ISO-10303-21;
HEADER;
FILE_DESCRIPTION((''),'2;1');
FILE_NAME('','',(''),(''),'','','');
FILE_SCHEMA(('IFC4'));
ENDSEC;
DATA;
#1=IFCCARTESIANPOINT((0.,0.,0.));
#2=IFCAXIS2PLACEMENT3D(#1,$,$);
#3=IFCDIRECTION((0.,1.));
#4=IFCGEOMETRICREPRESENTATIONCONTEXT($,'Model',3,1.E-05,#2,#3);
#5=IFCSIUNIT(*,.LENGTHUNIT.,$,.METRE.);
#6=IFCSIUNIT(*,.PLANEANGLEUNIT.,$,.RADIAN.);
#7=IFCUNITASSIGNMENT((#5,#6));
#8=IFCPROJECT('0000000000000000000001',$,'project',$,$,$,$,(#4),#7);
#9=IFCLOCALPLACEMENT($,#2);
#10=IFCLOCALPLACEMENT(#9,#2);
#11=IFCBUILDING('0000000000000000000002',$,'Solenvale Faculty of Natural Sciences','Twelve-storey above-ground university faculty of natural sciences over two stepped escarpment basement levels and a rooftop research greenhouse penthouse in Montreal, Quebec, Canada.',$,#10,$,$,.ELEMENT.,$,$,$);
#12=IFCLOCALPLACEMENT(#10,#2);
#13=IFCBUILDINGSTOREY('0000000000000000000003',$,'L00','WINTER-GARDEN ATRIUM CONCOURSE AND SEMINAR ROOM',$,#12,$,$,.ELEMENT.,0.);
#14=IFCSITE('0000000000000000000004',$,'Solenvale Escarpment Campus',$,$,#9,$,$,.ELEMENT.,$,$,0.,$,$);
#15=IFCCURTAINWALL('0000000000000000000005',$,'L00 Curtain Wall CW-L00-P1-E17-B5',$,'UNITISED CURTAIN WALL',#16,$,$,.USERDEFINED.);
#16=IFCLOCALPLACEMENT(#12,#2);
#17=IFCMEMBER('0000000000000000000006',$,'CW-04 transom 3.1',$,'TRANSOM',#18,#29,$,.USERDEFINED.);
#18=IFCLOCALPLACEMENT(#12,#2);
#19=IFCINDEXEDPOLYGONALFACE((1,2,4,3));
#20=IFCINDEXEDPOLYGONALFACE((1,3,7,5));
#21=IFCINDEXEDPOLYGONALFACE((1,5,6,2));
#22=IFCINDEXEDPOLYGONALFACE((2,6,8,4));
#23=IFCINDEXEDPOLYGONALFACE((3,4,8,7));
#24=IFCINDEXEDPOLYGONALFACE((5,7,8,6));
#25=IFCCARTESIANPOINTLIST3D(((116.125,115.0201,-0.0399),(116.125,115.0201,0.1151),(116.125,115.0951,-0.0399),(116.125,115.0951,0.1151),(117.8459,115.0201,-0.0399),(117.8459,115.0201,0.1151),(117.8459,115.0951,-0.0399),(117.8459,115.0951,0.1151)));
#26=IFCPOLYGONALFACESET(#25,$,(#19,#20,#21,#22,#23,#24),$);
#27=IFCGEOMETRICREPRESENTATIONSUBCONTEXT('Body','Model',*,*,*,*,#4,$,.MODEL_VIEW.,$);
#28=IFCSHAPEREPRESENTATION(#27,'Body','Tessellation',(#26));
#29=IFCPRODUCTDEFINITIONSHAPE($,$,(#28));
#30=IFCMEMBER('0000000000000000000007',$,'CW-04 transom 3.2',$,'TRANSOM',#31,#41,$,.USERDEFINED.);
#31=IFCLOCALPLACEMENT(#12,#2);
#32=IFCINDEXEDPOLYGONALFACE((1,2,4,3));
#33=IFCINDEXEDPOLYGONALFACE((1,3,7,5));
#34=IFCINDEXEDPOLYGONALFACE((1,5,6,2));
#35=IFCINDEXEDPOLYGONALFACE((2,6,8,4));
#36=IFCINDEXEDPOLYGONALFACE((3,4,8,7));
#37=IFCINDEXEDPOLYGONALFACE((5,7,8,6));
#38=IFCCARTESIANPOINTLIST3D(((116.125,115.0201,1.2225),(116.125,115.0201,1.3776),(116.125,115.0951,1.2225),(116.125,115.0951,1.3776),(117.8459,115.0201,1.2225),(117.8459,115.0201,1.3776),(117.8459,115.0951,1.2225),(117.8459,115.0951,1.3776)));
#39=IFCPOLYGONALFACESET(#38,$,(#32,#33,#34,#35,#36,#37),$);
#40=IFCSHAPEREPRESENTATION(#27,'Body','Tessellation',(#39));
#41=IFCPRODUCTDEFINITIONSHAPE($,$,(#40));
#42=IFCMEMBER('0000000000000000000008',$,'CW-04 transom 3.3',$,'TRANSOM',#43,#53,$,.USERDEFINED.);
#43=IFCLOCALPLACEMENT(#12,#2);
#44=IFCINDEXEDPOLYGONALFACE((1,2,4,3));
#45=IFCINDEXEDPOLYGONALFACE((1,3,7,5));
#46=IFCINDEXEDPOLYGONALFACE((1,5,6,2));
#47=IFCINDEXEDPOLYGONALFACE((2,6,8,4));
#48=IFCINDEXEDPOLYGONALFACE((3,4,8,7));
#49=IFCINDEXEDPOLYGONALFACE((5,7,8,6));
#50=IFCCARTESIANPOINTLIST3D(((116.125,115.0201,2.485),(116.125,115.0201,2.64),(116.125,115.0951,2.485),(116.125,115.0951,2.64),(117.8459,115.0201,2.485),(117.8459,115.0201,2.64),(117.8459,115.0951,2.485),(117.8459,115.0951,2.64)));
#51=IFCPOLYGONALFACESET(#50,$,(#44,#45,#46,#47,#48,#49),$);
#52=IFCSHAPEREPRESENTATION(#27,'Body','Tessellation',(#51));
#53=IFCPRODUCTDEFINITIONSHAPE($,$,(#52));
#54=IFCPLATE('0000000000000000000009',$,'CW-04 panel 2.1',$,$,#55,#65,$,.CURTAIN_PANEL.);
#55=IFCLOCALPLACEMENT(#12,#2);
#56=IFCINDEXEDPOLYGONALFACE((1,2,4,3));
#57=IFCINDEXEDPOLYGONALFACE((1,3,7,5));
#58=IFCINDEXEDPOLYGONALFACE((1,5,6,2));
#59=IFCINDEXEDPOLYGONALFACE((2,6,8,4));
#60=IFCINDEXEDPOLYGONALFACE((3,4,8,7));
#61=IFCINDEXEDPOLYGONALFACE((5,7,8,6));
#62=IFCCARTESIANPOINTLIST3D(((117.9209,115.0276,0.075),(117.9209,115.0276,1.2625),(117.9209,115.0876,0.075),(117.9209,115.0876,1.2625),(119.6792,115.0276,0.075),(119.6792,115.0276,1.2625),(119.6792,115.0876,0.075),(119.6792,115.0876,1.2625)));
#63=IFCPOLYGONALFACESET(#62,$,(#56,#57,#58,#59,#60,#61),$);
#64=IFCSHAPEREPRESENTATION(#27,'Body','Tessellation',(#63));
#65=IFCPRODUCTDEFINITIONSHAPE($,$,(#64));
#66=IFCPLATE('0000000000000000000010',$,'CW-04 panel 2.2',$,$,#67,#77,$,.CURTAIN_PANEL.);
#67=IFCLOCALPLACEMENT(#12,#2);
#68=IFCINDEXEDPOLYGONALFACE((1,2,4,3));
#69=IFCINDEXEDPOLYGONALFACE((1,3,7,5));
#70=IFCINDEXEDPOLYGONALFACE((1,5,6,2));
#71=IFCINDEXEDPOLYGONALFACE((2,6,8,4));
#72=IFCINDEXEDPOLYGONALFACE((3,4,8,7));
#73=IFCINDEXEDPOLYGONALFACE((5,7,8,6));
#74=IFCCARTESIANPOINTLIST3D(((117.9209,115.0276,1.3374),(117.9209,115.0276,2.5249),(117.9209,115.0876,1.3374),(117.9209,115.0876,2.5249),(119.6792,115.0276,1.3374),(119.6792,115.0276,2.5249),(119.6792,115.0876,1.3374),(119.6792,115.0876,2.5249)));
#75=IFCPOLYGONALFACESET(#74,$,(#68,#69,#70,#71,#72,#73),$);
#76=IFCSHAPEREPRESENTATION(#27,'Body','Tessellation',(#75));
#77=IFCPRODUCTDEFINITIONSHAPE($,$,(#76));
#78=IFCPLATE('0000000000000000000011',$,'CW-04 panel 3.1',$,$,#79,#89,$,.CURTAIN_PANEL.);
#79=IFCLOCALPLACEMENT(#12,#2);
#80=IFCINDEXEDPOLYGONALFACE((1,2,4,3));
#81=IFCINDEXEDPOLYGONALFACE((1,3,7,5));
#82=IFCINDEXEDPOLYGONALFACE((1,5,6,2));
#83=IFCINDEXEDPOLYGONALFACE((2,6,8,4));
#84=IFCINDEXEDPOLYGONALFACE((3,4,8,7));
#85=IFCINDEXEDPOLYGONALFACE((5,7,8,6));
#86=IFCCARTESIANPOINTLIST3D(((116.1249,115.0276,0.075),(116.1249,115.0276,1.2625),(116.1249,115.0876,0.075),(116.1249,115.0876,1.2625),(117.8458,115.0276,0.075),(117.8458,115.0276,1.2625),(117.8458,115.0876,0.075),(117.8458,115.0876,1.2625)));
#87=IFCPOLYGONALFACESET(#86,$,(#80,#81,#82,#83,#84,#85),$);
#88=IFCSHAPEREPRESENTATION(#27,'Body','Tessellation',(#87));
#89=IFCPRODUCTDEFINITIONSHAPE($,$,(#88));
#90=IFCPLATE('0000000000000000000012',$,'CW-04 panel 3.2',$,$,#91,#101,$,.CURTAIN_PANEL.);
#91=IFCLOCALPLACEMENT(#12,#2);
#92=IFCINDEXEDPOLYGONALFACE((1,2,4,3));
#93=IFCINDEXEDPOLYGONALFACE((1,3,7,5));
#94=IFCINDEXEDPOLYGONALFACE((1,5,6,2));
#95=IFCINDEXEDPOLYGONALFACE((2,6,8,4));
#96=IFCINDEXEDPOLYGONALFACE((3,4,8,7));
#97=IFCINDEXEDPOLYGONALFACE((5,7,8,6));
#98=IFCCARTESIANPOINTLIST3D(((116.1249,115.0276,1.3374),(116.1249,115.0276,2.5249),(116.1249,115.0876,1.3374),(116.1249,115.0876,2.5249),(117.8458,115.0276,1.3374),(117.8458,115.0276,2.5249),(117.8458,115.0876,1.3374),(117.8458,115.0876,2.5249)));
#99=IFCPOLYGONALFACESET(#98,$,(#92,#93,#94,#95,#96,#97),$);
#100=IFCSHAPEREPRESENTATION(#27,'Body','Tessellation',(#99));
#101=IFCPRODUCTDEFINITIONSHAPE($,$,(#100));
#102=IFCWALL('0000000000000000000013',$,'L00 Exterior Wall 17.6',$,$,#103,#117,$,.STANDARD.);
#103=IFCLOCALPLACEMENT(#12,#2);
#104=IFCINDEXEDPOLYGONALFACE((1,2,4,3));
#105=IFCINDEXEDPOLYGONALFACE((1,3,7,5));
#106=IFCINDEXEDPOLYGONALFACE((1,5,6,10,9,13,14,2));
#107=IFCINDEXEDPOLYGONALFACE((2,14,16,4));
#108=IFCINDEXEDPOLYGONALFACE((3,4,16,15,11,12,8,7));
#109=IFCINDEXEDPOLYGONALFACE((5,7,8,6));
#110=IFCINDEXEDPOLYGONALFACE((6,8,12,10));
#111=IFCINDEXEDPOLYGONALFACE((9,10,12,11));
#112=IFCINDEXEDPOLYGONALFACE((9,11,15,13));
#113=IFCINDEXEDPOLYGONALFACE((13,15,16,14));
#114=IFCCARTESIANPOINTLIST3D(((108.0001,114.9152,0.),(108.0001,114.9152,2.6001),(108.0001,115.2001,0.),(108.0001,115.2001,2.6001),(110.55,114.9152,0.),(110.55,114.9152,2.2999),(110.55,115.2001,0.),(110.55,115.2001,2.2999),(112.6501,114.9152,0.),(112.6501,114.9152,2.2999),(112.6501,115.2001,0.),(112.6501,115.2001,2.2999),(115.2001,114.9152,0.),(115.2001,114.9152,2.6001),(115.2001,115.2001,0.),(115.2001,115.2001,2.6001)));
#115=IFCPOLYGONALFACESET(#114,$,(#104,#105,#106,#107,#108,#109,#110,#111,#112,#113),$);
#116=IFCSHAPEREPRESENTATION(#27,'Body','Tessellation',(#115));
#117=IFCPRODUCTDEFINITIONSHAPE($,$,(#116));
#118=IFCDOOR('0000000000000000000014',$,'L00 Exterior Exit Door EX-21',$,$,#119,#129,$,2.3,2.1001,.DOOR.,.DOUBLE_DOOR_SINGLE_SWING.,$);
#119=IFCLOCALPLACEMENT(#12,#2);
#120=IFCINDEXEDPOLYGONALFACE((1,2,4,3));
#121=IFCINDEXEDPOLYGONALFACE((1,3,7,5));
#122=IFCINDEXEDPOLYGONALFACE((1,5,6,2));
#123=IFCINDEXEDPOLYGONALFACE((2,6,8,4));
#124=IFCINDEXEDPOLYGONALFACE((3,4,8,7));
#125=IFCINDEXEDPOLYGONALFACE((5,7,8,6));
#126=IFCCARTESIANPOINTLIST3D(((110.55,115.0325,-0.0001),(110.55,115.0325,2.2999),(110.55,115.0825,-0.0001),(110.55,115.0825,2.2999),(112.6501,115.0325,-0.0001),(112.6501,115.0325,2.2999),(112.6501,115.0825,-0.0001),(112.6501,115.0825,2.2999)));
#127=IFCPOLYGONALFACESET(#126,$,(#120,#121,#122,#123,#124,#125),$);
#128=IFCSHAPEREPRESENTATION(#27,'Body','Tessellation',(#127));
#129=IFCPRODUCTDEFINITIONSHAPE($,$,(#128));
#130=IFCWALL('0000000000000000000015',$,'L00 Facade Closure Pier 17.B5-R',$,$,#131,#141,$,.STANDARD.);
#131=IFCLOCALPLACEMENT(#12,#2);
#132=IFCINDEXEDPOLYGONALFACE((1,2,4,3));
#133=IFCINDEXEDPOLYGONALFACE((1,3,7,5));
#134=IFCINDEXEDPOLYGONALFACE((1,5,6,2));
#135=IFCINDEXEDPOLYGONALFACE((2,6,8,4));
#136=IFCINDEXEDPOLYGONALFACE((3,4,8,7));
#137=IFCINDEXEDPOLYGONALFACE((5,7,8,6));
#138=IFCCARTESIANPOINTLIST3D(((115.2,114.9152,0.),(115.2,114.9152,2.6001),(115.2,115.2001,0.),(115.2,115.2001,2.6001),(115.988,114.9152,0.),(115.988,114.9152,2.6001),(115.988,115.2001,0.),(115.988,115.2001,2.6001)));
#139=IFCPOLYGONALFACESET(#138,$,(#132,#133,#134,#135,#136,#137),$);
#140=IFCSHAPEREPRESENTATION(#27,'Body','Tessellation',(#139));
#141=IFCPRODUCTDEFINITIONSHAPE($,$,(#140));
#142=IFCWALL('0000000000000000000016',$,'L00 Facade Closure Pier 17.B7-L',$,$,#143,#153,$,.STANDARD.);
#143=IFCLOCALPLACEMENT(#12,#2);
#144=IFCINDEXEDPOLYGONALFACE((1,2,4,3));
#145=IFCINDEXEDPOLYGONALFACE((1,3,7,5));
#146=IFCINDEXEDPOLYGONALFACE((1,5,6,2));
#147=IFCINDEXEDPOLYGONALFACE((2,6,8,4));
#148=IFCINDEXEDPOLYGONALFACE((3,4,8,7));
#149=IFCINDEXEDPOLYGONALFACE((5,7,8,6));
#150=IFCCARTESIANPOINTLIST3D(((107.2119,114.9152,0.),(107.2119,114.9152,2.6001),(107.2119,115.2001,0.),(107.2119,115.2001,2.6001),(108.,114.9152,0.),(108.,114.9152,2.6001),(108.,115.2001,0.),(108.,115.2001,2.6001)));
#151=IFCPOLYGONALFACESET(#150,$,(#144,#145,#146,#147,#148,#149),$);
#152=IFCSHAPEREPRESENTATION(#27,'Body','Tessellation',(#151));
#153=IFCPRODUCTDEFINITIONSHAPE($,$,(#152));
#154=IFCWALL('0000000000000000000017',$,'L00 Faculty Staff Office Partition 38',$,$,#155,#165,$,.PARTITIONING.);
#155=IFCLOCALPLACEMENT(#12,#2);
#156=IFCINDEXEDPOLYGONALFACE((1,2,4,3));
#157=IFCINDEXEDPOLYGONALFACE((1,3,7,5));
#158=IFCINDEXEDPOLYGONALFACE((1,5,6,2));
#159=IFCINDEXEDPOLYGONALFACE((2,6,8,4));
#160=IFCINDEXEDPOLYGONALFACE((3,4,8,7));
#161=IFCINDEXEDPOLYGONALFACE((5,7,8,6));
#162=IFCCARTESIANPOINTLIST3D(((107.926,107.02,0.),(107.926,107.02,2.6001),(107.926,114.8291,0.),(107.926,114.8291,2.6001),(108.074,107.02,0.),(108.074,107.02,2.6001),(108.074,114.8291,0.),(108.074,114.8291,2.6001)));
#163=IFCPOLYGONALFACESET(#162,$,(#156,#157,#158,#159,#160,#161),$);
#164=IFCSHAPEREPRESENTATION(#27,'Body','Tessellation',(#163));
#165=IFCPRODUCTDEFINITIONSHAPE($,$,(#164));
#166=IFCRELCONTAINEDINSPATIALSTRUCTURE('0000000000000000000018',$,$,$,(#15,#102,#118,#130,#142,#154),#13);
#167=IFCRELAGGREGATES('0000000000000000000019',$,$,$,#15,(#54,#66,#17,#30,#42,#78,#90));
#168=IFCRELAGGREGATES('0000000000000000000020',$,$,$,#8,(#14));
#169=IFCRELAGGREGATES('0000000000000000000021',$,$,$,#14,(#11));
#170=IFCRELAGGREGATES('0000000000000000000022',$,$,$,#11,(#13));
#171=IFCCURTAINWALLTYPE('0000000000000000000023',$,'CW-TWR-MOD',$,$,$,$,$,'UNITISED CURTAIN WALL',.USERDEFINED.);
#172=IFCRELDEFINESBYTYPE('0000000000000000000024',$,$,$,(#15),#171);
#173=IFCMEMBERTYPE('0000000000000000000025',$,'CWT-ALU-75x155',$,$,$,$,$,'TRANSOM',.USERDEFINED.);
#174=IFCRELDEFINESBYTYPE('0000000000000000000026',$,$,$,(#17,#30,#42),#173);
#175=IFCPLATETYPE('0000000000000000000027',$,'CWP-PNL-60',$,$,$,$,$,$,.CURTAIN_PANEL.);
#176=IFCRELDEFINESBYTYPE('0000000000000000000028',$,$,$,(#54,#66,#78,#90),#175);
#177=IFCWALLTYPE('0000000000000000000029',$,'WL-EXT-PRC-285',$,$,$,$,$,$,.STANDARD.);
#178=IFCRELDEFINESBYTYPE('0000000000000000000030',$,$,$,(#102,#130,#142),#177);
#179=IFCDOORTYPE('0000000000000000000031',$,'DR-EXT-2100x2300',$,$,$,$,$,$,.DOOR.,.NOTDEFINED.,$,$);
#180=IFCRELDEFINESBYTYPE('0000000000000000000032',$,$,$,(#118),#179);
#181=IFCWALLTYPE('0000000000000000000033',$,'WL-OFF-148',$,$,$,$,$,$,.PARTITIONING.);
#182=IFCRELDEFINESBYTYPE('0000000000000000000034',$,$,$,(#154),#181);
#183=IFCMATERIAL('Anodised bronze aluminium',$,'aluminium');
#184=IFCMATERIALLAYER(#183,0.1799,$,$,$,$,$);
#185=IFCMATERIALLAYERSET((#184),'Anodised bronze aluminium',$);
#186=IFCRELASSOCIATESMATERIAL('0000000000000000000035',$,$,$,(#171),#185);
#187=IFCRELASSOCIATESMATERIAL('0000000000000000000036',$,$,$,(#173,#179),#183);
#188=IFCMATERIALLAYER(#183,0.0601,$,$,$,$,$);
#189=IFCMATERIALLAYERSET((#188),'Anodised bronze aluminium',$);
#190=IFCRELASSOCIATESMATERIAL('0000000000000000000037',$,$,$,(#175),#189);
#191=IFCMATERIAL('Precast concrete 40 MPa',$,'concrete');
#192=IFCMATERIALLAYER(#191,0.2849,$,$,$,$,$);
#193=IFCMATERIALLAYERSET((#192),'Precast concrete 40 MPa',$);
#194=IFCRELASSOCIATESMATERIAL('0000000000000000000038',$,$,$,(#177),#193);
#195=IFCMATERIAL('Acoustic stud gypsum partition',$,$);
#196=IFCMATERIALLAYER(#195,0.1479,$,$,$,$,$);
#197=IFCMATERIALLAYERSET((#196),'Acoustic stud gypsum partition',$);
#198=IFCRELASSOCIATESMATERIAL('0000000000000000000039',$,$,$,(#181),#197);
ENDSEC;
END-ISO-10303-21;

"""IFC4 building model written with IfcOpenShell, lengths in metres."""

from ifc_helpers import new_model, si_unit, direction, frame, frame_2d, origin, origin_2d, place, context, subcontext, project, spatial, rectangle, extrude, material, layer, layer_set, material_profile, profile_set, type_object, element, fill, aggregate, save


model = new_model("IFC4")

# Units and contexts
model_context = context("Model", 3, precision=1e-05, world=origin(), true_north=direction((0.0, 1.0)))
body_context = subcontext(model_context, "Body", "Model", "MODEL_VIEW")
ifc_project = project(units=[si_unit("LENGTHUNIT", "METRE"), si_unit("PLANEANGLEUNIT", "RADIAN")], contexts=[model_context])

# Site, building, storey
site_placement = place(None, origin())
site = spatial("IfcSite", under=ifc_project, at=site_placement, Name="Solenvale Escarpment Campus", CompositionType="ELEMENT", RefElevation=0.0)
building_placement = place(site_placement, origin())
building = spatial("IfcBuilding", under=site, at=building_placement, Name="Solenvale Faculty of Natural Sciences", Description="Twelve-storey above-ground university faculty of natural sciences over two stepped escarpment basement levels and a rooftop research greenhouse penthouse in Montreal, Quebec, Canada.", CompositionType="ELEMENT")
storey_placement = place(building_placement, origin())
storey = spatial("IfcBuildingStorey", under=building, at=storey_placement, Name="L00", Description="WINTER-GARDEN ATRIUM CONCOURSE AND SEMINAR ROOM", CompositionType="ELEMENT", Elevation=0.0)

# Shared definitions
ifc_material_1 = material(Name="Precast concrete 40 MPa", Category="concrete")

# Curtain wall, members, plates
ifc_material_2 = material(Name="Anodised bronze aluminium", Category="aluminium")
ifc_layer_1 = layer(ifc_material_2, 0.1799)
ifc_layer_set_1 = layer_set([ifc_layer_1], Name="Anodised bronze aluminium")
curtain_wall_type = type_object("IfcCurtainWallType", Name="CW-TWR-MOD", ElementType="UNITISED CURTAIN WALL", PredefinedType="USERDEFINED", material=ifc_layer_set_1)
curtain_wall_placement = place(storey_placement, origin())
curtain_wall = element("IfcCurtainWall", 1, at=curtain_wall_placement, inside=storey, type_object=curtain_wall_type, Name="L00 Curtain Wall CW-L00-P1-E17-B5", ObjectType="UNITISED CURTAIN WALL", PredefinedType="USERDEFINED")
ifc_material_profile_1 = material_profile(ifc_material_2, rectangle(XDim=0.075, YDim=0.155, at=origin_2d()), Name="ALU-TRN-75x155")
ifc_profile_set_1 = profile_set([ifc_material_profile_1], Name="Anodised bronze aluminium")
member_type_1 = type_object("IfcMemberType", Name="CWT-ALU-75x155", ElementType="TRANSOM", PredefinedType="USERDEFINED", material=ifc_profile_set_1)
member_1_placement = place(storey_placement, frame((117.8459, 115.0576, 0.0376), z_axis=(-1.0, 0.0, 0.0), x_axis=(0.0, -1.0, 0.0)))
member_1 = element("IfcMember", 2, at=member_1_placement, type_object=member_type_1, Name="CW-04 transom 3.1", ObjectType="TRANSOM", PredefinedType="USERDEFINED", context=body_context, shape_type="SweptSolid", body=[
    extrude(rectangle(XDim=0.075, YDim=0.155, at=origin_2d()), origin(), (0.0, 0.0, 1.0), 1.7209),
])
member_2_placement = place(storey_placement, frame((117.8459, 115.0576, 1.3), z_axis=(-1.0, 0.0, 0.0), x_axis=(0.0, -1.0, 0.0)))
member_2 = element("IfcMember", 3, at=member_2_placement, type_object=member_type_1, Name="CW-04 transom 3.2", ObjectType="TRANSOM", PredefinedType="USERDEFINED", context=body_context, shape_type="SweptSolid", body=[
    extrude(rectangle(XDim=0.075, YDim=0.155, at=origin_2d()), origin(), (0.0, 0.0, 1.0), 1.7209),
])
member_3_placement = place(storey_placement, frame((117.8459, 115.0576, 2.5625), z_axis=(-1.0, 0.0, 0.0), x_axis=(0.0, -1.0, 0.0)))
member_3 = element("IfcMember", 4, at=member_3_placement, type_object=member_type_1, Name="CW-04 transom 3.3", ObjectType="TRANSOM", PredefinedType="USERDEFINED", context=body_context, shape_type="SweptSolid", body=[
    extrude(rectangle(XDim=0.075, YDim=0.155, at=origin_2d()), origin(), (0.0, 0.0, 1.0), 1.7209),
])
ifc_layer_2 = layer(ifc_material_2, 0.0601)
ifc_layer_set_2 = layer_set([ifc_layer_2], Name="Anodised bronze aluminium")
plate_type = type_object("IfcPlateType", Name="CWP-PNL-60", PredefinedType="CURTAIN_PANEL", material=ifc_layer_set_2)
plate_1_placement = place(storey_placement, frame((118.8, 115.0576, 0.075), z_axis=(0.0, 0.0, 1.0), x_axis=(-1.0, 0.0, 0.0)))
plate_1 = element("IfcPlate", 5, at=plate_1_placement, type_object=plate_type, Name="CW-04 panel 2.1", PredefinedType="CURTAIN_PANEL", context=body_context, shape_type="SweptSolid", body=[
    extrude(rectangle(XDim=1.7583, YDim=0.0601, at=origin_2d()), origin(), (0.0, 0.0, 1.0), 1.1875),
])
plate_2_placement = place(storey_placement, frame((118.8, 115.0576, 1.3374), z_axis=(0.0, 0.0, 1.0), x_axis=(-1.0, 0.0, 0.0)))
plate_2 = element("IfcPlate", 6, at=plate_2_placement, type_object=plate_type, Name="CW-04 panel 2.2", PredefinedType="CURTAIN_PANEL", context=body_context, shape_type="SweptSolid", body=[
    extrude(rectangle(XDim=1.7583, YDim=0.0601, at=origin_2d()), origin(), (0.0, 0.0, 1.0), 1.1875),
])
plate_3_placement = place(storey_placement, frame((116.9854, 115.0576, 0.075), z_axis=(0.0, 0.0, 1.0), x_axis=(-1.0, 0.0, 0.0)))
plate_3 = element("IfcPlate", 7, at=plate_3_placement, type_object=plate_type, Name="CW-04 panel 3.1", PredefinedType="CURTAIN_PANEL", context=body_context, shape_type="SweptSolid", body=[
    extrude(rectangle(XDim=1.7209, YDim=0.0601, at=origin_2d()), origin(), (0.0, 0.0, 1.0), 1.1875),
])
plate_4_placement = place(storey_placement, frame((116.9854, 115.0576, 1.3374), z_axis=(0.0, 0.0, 1.0), x_axis=(-1.0, 0.0, 0.0)))
plate_4 = element("IfcPlate", 8, at=plate_4_placement, type_object=plate_type, Name="CW-04 panel 3.2", PredefinedType="CURTAIN_PANEL", context=body_context, shape_type="SweptSolid", body=[
    extrude(rectangle(XDim=1.7209, YDim=0.0601, at=origin_2d()), origin(), (0.0, 0.0, 1.0), 1.1875),
])
aggregate(curtain_wall, [plate_1, plate_2, member_1, member_2, member_3, plate_3, plate_4])

# Wall, opening, door
ifc_layer_3 = layer(ifc_material_1, 0.2849)
ifc_layer_set_3 = layer_set([ifc_layer_3], Name="Precast concrete 40 MPa")
wall_type_1 = type_object("IfcWallType", Name="WL-EXT-PRC-285", PredefinedType="STANDARD", material=ifc_layer_set_3)
wall_1_placement = place(storey_placement, frame((108.0, 115.0576, 0.0), z_axis=(0.0, 0.0, 1.0), x_axis=(1.0, 0.0, 0.0)))
wall_1 = element("IfcWall", 9, at=wall_1_placement, inside=storey, type_object=wall_type_1, Name="L00 Exterior Wall 17.6", PredefinedType="STANDARD", context=body_context, shape_type="SweptSolid", body=[
    extrude(rectangle(XDim=7.2, YDim=0.2849, at=frame_2d((3.6001, 0.0))), origin(), (0.0, 0.0, 1.0), 2.6001),
])
opening_placement = place(wall_1_placement, frame((2.55, 0.0, 0.0)))
opening = element("IfcOpeningElement", 10, at=opening_placement, cuts=wall_1, PredefinedType="OPENING", context=body_context, shape_type="SweptSolid", body=[
    extrude(rectangle(XDim=2.1001, YDim=2.3, at=frame_2d((1.05, 1.1499))), frame((0.0, 0.1523, 0.0), z_axis=(0.0, -1.0, 0.0), x_axis=(1.0, 0.0, 0.0)), (0.0, 0.0, 1.0), 0.3049),
])
door_type = type_object("IfcDoorType", Name="DR-EXT-2100x2300", OperationType="NOTDEFINED", PredefinedType="DOOR", material=ifc_material_2)
door_placement = place(opening_placement, origin())
door = element("IfcDoor", 11, at=door_placement, inside=storey, type_object=door_type, Name="L00 Exterior Exit Door EX-21", OperationType="DOUBLE_DOOR_SINGLE_SWING", OverallHeight=2.3, OverallWidth=2.1001, PredefinedType="DOOR", context=body_context, shape_type="SweptSolid", body=[
    extrude(rectangle(XDim=2.1001, YDim=2.3, at=frame_2d((1.05, 1.1499))), frame((0.0, 0.0249, 0.0), z_axis=(0.0, -1.0, 0.0), x_axis=(1.0, 0.0, 0.0)), (0.0, 0.0, 1.0), 0.05),
])
fill(opening, door)

# Walls
for number, where, z_axis, x_axis, name in (
    (12, (115.988, 115.0576, 0.0), (0.0, 0.0, 1.0), (-1.0, 0.0, 0.0), "L00 Facade Closure Pier 17.B5-R"),
    (13, (108.0, 115.0576, 0.0), (0.0, 0.0, 1.0), (-1.0, 0.0, 0.0), "L00 Facade Closure Pier 17.B7-L"),
):
    element("IfcWall", number, at=place(storey_placement, frame(where, z_axis=z_axis, x_axis=x_axis)), inside=storey, type_object=wall_type_1, Name=name, PredefinedType="STANDARD", context=body_context, shape_type="SweptSolid", body=[
        extrude(rectangle(XDim=0.7881, YDim=0.2849, at=frame_2d((0.394, 0.0))), origin(), (0.0, 0.0, 1.0), 2.6001),
    ])
ifc_material_3 = material(Name="Acoustic stud gypsum partition")
ifc_layer_4 = layer(ifc_material_3, 0.1479)
ifc_layer_set_4 = layer_set([ifc_layer_4], Name="Acoustic stud gypsum partition")
wall_type_2 = type_object("IfcWallType", Name="WL-OFF-148", PredefinedType="PARTITIONING", material=ifc_layer_set_4)
wall_2_placement = place(storey_placement, frame((108.0, 114.8291, 0.0), z_axis=(0.0, 0.0, 1.0), x_axis=(0.0, -1.0, 0.0)))
element("IfcWall", 14, at=wall_2_placement, inside=storey, type_object=wall_type_2, Name="L00 Faculty Staff Office Partition 38", PredefinedType="PARTITIONING", context=body_context, shape_type="SweptSolid", body=[
    extrude(rectangle(XDim=7.8091, YDim=0.1479, at=frame_2d((3.9045, 0.0))), origin(), (0.0, 0.0, 1.0), 2.6001),
])

save(model, "model.ifc")
